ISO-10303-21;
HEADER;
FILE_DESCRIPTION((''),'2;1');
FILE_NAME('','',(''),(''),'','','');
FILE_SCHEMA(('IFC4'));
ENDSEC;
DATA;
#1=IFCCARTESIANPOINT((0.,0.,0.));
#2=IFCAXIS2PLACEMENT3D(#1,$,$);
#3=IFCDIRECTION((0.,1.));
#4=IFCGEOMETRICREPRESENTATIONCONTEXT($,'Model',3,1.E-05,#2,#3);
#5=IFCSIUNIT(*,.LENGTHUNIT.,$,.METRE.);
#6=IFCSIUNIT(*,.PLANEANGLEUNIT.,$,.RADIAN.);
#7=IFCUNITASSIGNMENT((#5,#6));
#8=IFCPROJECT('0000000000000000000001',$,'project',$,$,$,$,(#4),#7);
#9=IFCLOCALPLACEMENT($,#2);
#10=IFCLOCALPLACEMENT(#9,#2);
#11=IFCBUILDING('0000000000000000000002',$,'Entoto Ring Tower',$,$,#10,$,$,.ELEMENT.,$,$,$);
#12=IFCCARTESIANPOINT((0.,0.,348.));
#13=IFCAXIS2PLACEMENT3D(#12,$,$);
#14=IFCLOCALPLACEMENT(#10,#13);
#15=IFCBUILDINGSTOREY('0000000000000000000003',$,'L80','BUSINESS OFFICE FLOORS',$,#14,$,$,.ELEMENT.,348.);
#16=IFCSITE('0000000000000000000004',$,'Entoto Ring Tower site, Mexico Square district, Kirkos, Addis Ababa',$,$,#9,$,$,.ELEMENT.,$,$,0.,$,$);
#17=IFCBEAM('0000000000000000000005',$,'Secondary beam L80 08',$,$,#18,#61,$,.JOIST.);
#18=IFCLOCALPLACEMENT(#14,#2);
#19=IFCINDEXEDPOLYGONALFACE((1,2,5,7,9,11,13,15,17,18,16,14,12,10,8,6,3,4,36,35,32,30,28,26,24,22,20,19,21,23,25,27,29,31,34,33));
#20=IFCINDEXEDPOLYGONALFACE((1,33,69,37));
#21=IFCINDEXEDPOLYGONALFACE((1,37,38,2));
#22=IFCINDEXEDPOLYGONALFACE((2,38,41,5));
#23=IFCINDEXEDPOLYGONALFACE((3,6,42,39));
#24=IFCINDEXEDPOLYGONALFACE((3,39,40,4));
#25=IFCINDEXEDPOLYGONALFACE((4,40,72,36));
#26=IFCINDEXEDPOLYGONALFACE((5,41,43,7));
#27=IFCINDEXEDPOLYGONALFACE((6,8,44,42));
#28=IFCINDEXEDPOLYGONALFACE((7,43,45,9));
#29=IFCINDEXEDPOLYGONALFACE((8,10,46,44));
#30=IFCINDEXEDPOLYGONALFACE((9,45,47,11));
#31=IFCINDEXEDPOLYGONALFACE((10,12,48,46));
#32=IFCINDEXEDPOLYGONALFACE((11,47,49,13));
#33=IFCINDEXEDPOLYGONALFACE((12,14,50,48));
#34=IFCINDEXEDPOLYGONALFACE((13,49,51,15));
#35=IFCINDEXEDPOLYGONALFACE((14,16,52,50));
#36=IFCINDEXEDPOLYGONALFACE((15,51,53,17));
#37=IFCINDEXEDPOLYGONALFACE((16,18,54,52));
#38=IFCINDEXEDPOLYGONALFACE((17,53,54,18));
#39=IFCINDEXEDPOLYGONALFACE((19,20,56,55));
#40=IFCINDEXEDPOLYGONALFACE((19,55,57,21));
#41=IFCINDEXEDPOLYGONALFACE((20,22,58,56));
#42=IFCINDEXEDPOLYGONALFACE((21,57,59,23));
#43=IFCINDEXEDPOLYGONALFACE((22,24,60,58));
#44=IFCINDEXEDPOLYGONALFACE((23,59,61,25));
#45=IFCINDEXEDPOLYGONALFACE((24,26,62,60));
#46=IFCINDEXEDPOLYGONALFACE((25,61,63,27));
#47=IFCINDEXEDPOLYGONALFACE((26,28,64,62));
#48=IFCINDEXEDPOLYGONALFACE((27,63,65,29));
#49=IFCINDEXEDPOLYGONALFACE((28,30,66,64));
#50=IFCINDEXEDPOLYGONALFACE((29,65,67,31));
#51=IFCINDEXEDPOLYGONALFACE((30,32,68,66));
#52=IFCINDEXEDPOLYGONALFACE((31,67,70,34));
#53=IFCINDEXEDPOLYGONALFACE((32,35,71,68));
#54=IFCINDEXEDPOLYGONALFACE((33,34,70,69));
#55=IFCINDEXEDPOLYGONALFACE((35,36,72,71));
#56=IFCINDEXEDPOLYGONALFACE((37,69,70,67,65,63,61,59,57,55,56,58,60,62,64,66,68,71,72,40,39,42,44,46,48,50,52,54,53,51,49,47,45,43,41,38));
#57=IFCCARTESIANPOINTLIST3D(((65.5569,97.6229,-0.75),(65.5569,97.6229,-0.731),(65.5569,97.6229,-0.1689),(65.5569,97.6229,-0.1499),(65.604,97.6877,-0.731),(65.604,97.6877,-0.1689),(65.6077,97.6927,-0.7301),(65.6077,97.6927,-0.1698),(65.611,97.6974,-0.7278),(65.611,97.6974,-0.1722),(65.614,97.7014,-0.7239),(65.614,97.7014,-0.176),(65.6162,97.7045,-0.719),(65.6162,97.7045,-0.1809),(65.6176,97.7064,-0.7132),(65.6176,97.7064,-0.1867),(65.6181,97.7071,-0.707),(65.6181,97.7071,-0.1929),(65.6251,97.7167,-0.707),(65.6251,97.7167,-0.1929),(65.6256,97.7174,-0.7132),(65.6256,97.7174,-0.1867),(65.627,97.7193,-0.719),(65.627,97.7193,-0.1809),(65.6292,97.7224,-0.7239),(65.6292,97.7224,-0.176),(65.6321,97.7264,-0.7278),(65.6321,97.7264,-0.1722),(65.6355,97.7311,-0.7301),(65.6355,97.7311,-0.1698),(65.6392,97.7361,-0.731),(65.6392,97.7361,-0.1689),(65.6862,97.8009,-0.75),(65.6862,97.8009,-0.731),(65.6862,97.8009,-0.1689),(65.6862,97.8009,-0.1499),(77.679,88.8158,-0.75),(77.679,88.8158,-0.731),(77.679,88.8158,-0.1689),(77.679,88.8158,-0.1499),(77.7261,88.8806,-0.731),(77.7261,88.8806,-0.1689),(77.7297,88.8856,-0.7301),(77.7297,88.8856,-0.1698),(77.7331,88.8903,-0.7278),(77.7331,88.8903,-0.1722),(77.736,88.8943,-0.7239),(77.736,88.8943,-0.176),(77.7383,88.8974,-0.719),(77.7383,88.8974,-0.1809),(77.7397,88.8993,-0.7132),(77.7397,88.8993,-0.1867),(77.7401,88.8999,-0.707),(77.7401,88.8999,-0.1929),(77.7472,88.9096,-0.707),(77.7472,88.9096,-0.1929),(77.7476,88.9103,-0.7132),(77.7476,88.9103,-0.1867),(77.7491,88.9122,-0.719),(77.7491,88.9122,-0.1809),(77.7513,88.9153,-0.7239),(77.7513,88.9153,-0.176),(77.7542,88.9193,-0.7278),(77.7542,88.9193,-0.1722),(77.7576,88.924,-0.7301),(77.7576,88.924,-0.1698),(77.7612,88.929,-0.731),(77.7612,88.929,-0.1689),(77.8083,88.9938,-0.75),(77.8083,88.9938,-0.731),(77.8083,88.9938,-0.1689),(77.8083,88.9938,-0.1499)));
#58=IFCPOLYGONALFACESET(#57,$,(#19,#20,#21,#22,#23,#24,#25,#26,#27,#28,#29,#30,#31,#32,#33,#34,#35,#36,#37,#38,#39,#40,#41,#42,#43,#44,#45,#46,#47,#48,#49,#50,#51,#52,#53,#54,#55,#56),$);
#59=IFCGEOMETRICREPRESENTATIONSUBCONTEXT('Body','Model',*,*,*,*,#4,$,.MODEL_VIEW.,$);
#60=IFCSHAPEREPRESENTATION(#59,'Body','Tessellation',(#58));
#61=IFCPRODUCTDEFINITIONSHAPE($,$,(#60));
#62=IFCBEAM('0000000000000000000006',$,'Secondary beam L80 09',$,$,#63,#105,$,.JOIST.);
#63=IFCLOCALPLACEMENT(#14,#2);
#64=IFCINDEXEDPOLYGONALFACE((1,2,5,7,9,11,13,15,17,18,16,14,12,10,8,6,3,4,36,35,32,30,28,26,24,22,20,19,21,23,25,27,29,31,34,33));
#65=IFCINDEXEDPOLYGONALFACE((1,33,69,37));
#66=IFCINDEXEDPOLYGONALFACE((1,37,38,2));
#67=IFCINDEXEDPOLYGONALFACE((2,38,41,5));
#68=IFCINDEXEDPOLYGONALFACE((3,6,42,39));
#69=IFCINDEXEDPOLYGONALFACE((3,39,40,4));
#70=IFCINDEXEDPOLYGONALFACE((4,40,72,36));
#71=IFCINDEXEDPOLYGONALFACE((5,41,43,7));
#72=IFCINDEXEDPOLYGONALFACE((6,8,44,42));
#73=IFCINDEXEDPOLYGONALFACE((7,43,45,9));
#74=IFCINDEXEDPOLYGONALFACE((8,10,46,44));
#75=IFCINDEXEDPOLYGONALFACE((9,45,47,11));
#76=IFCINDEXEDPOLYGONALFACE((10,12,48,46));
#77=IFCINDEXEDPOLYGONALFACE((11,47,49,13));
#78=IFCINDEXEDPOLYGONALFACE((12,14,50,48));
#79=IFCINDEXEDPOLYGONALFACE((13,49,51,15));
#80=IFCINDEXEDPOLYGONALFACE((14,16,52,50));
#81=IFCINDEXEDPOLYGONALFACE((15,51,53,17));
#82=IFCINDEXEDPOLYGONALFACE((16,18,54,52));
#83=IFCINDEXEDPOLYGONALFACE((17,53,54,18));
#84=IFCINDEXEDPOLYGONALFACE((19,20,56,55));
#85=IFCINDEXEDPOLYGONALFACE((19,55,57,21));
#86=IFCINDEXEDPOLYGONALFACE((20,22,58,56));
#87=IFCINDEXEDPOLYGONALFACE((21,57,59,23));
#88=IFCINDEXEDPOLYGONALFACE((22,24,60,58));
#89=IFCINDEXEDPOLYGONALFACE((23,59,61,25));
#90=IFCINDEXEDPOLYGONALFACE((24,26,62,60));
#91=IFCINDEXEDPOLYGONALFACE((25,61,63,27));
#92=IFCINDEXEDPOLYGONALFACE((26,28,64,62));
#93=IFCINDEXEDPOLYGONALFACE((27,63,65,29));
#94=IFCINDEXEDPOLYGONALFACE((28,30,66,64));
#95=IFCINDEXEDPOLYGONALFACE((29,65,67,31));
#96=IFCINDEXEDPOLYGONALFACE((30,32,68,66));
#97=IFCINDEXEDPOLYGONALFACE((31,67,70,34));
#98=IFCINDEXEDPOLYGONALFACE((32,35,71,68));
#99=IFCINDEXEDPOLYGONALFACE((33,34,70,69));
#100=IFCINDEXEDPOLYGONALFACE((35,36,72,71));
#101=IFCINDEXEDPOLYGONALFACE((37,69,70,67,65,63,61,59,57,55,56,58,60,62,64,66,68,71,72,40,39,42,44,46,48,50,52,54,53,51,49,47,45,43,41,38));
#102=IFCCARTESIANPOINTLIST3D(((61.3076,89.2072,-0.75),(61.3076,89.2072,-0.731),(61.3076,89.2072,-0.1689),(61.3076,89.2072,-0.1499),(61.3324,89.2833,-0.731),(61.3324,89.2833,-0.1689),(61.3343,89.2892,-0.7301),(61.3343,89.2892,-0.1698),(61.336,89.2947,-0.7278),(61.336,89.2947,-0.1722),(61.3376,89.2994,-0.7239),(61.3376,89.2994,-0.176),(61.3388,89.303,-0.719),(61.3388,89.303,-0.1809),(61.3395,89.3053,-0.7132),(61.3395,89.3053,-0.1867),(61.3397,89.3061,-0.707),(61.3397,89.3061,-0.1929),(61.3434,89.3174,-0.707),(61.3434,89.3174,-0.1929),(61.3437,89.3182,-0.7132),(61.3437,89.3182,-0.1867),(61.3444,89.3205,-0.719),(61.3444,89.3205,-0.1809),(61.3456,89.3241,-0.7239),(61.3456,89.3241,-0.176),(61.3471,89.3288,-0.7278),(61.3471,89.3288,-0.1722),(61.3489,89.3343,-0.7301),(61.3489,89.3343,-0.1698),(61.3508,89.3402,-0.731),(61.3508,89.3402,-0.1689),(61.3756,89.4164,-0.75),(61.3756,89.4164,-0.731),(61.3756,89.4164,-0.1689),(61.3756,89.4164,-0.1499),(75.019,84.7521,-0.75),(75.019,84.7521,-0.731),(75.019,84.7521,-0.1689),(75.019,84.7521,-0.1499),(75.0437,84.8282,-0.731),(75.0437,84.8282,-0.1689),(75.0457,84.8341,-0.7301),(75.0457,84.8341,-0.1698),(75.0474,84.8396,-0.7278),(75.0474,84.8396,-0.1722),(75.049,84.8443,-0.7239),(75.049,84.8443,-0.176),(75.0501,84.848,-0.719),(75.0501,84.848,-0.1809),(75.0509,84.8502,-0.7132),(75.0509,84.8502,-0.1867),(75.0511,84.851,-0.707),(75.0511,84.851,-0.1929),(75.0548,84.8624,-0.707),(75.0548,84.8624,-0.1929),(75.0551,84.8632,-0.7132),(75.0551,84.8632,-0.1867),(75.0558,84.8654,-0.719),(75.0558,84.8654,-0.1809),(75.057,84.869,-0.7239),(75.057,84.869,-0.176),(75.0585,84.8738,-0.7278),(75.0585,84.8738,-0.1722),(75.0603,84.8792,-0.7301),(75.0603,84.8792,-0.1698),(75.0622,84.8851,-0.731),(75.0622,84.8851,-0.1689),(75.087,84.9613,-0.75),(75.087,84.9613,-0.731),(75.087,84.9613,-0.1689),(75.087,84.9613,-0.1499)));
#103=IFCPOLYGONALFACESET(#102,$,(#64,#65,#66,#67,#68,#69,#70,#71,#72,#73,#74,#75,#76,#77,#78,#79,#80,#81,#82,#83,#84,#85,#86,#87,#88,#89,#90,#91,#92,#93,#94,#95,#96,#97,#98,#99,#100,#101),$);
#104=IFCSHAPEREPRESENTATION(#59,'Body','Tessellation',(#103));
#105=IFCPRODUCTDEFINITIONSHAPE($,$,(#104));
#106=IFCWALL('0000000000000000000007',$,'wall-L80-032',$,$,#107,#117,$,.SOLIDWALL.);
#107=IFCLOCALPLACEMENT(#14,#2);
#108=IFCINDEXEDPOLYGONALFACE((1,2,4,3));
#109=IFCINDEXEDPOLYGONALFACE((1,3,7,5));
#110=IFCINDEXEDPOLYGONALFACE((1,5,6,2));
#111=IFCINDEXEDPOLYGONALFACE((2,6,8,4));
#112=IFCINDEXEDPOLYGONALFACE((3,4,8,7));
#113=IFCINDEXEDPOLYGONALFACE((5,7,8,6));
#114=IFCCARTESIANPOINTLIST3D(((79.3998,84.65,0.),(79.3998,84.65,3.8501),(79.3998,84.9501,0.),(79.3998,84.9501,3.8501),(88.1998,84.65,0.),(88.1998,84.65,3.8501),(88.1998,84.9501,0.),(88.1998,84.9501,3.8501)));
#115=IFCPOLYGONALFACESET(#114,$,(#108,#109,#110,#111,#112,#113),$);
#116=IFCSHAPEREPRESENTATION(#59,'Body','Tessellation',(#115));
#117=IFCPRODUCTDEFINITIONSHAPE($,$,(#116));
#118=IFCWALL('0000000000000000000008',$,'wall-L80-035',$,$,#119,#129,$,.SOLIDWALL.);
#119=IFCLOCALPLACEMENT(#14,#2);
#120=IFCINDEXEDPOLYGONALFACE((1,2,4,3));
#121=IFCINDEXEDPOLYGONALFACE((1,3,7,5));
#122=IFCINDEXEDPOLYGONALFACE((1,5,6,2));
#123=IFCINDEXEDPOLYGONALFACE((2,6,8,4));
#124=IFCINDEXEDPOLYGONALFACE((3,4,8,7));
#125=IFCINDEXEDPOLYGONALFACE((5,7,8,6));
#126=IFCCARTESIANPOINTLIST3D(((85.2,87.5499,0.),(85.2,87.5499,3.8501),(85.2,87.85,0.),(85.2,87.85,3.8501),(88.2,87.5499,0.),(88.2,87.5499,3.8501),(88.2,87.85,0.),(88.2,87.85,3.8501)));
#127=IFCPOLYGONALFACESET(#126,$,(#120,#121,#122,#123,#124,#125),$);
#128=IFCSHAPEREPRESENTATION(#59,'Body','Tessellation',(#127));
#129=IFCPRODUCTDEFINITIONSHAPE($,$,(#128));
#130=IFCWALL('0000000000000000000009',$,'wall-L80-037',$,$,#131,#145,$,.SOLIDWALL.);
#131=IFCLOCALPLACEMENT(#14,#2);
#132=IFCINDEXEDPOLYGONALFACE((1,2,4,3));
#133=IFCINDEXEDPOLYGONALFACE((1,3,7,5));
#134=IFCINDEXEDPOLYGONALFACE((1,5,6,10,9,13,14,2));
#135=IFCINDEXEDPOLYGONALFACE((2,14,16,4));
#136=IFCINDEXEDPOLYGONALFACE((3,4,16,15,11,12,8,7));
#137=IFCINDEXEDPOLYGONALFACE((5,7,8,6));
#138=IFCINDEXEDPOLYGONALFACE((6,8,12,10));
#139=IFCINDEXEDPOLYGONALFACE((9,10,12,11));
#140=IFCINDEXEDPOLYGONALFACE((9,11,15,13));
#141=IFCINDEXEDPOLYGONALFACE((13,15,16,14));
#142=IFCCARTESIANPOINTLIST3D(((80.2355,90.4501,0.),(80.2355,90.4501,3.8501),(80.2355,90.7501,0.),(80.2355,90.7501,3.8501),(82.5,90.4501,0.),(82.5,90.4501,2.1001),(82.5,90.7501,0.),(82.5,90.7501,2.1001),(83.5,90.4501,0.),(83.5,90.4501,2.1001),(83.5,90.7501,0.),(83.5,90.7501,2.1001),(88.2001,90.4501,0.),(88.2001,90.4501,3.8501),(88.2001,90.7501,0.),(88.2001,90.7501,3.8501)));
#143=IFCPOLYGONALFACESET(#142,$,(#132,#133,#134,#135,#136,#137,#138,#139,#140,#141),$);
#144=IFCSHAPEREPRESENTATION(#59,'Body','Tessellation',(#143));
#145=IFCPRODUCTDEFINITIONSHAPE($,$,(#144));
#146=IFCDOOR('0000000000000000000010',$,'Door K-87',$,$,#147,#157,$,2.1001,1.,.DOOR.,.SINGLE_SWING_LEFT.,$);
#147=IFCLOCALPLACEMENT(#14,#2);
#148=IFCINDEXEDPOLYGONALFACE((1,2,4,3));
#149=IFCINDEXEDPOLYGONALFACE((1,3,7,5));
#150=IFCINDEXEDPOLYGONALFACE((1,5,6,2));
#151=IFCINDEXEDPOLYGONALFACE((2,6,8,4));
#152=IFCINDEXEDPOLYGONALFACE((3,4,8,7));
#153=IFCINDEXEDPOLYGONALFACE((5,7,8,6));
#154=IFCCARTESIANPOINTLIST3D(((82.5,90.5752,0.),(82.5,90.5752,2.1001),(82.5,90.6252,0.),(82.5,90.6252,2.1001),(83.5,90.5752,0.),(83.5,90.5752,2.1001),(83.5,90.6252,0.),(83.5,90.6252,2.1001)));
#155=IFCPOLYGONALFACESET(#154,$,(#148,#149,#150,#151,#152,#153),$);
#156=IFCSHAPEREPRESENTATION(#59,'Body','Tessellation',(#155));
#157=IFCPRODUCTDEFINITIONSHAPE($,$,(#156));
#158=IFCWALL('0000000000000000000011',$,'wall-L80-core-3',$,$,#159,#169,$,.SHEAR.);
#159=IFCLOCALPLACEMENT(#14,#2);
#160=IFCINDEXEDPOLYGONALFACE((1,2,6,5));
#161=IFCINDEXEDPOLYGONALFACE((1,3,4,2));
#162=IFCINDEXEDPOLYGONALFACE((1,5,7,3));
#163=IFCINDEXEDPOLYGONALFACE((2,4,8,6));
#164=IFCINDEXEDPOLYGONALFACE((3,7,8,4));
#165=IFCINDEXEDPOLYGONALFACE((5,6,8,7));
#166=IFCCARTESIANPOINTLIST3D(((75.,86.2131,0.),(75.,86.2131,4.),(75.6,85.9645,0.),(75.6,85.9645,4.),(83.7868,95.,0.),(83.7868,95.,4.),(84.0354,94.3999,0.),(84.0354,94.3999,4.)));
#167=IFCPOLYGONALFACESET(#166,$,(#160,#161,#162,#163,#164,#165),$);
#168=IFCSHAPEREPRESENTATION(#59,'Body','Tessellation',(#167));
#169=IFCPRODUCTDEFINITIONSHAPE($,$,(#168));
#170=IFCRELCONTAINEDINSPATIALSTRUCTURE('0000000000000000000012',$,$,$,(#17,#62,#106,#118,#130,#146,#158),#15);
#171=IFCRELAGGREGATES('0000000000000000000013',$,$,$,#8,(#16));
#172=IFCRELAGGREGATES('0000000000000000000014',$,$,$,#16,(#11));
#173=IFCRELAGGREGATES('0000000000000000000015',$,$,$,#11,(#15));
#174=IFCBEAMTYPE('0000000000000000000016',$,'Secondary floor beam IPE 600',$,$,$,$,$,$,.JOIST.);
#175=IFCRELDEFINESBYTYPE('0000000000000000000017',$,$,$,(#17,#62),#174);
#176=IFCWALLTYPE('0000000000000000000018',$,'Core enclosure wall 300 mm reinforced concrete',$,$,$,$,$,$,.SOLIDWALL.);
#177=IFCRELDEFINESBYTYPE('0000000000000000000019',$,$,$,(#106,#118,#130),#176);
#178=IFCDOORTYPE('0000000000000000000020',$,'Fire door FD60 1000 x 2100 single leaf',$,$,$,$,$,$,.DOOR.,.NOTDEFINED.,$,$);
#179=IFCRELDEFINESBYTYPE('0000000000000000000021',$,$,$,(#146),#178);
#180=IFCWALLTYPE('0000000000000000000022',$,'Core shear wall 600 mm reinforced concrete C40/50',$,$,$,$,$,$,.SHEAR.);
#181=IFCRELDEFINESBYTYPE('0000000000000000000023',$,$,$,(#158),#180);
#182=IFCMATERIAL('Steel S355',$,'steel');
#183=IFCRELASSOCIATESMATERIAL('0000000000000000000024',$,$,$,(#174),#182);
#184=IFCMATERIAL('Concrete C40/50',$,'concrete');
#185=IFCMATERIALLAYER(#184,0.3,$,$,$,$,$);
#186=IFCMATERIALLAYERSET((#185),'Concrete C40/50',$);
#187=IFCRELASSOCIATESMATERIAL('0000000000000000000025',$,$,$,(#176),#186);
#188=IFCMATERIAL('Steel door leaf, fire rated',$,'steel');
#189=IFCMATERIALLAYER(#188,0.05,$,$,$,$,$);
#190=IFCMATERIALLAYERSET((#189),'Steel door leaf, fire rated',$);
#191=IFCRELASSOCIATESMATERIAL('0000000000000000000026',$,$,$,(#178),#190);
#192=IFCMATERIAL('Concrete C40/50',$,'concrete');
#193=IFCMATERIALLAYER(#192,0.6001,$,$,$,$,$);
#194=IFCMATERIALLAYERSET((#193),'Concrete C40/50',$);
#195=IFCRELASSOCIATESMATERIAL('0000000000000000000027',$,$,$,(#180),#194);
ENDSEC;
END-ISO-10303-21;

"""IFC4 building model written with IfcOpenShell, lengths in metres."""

from ifc_helpers import new_model, si_unit, direction, frame, frame_2d, origin, origin_2d, place, context, subcontext, project, spatial, polyline, rectangle, i_section, outline, extrude, material, layer, layer_set, material_profile, profile_set, type_object, element, fill, save


model = new_model("IFC4")

# Units and contexts
model_context = context("Model", 3, precision=1e-05, world=origin(), true_north=direction((0.0, 1.0)))
body_context = subcontext(model_context, "Body", "Model", "MODEL_VIEW")
ifc_project = project(units=[si_unit("LENGTHUNIT", "METRE"), si_unit("PLANEANGLEUNIT", "RADIAN")], contexts=[model_context])

# Site, building, storey
site_placement = place(None, origin())
site = spatial("IfcSite", under=ifc_project, at=site_placement, Name="Entoto Ring Tower site, Mexico Square district, Kirkos, Addis Ababa", CompositionType="ELEMENT", RefElevation=0.0)
building_placement = place(site_placement, origin())
building = spatial("IfcBuilding", under=site, at=building_placement, Name="Entoto Ring Tower", CompositionType="ELEMENT")
storey_placement = place(building_placement, frame((0.0, 0.0, 348.0)))
storey = spatial("IfcBuildingStorey", under=building, at=storey_placement, Name="L80", Description="BUSINESS OFFICE FLOORS", CompositionType="ELEMENT", Elevation=348.0)

# Beams
ifc_material_1 = material(Name="Steel S355", Category="steel")
ifc_material_profile_1 = material_profile(ifc_material_1, i_section(OverallWidth=0.22, OverallDepth=0.6001, WebThickness=0.012, FlangeThickness=0.019, FilletRadius=0.0239, at=origin_2d()), Name="IPE 600")
ifc_profile_set_1 = profile_set([ifc_material_profile_1], Name="Steel S355")
beam_type_1 = type_object("IfcBeamType", Name="Secondary floor beam IPE 600", PredefinedType="JOIST", material=ifc_profile_set_1)
for number, where, z_axis, x_axis, name in (
    (1, (77.7437, 88.9048, -0.45), (-0.809019, 0.587782, 0.0), (-0.587782, -0.809019, 0.0), "Secondary beam L80 08"),
):
    element("IfcBeam", number, at=place(storey_placement, frame(where, z_axis=z_axis, x_axis=x_axis)), inside=storey, type_object=beam_type_1, Name=name, PredefinedType="JOIST", context=body_context, shape_type="SweptSolid", body=[
        extrude(i_section(OverallWidth=0.22, OverallDepth=0.6001, WebThickness=0.012, FlangeThickness=0.019, FilletRadius=0.0239, at=origin_2d()), origin(), (0.0, 0.0, 1.0), 14.9836),
    ])
beam_1_placement = place(storey_placement, frame((75.053, 84.8567, -0.45), z_axis=(-0.951057, 0.309015, 0.0), x_axis=(-0.309015, -0.951057, 0.0)))
element("IfcBeam", 2, at=beam_1_placement, inside=storey, type_object=beam_type_1, Name="Secondary beam L80 09", PredefinedType="JOIST", context=body_context, shape_type="SweptSolid", body=[
    extrude(i_section(OverallWidth=0.22, OverallDepth=0.6001, WebThickness=0.012, FlangeThickness=0.019, FilletRadius=0.0239, at=origin_2d()), origin(), (0.0, 0.0, 1.0), 14.417),
])

# Walls
ifc_material_2 = material(Name="Concrete C40/50", Category="concrete")
ifc_layer_1 = layer(ifc_material_2, 0.3)
ifc_layer_set_1 = layer_set([ifc_layer_1], Name="Concrete C40/50")
wall_type_1 = type_object("IfcWallType", Name="Core enclosure wall 300 mm reinforced concrete", PredefinedType="SOLIDWALL", material=ifc_layer_set_1)
wall_1_placement = place(storey_placement, frame((79.3999, 84.8, 0.0), z_axis=(0.0, 0.0, 1.0), x_axis=(1.0, 0.0, 0.0)))
element("IfcWall", 3, at=wall_1_placement, inside=storey, type_object=wall_type_1, Name="wall-L80-032", PredefinedType="SOLIDWALL", context=body_context, shape_type="SweptSolid", body=[
    extrude(rectangle(XDim=8.8, YDim=0.3, at=frame_2d((4.3999, 0.0))), origin(), (0.0, 0.0, 1.0), 3.8501),
])
wall_2_placement = place(storey_placement, frame((85.2, 87.7, 0.0), z_axis=(0.0, 0.0, 1.0), x_axis=(1.0, 0.0, 0.0)))
element("IfcWall", 4, at=wall_2_placement, inside=storey, type_object=wall_type_1, Name="wall-L80-035", PredefinedType="SOLIDWALL", context=body_context, shape_type="SweptSolid", body=[
    extrude(rectangle(XDim=3.0, YDim=0.3, at=frame_2d((1.5, 0.0))), origin(), (0.0, 0.0, 1.0), 3.8501),
])

# Wall, opening, door
wall_3_placement = place(storey_placement, frame((80.2354, 90.6001, 0.0), z_axis=(0.0, 0.0, 1.0), x_axis=(1.0, 0.0, 0.0)))
wall_3 = element("IfcWall", 5, at=wall_3_placement, inside=storey, type_object=wall_type_1, Name="wall-L80-037", PredefinedType="SOLIDWALL", context=body_context, shape_type="SweptSolid", body=[
    extrude(rectangle(XDim=7.9646, YDim=0.3, at=frame_2d((3.9824, 0.0))), origin(), (0.0, 0.0, 1.0), 3.8501),
])
opening_1_placement = place(wall_3_placement, frame((2.2646, 0.0, 0.0)))
opening_1 = element("IfcOpeningElement", 6, at=opening_1_placement, cuts=wall_3, PredefinedType="OPENING", context=body_context, shape_type="SweptSolid", body=[
    extrude(rectangle(XDim=1.0, YDim=2.1001, at=frame_2d((0.5, 1.05))), frame((0.0, 0.1602, 0.0), z_axis=(0.0, -1.0, 0.0), x_axis=(1.0, 0.0, 0.0)), (0.0, 0.0, 1.0), 0.3201),
])
ifc_material_3 = material(Name="Steel door leaf, fire rated", Category="steel")
ifc_layer_2 = layer(ifc_material_3, 0.05)
ifc_layer_set_2 = layer_set([ifc_layer_2], Name="Steel door leaf, fire rated")
door_type_1 = type_object("IfcDoorType", Name="Fire door FD60 1000 x 2100 single leaf", OperationType="NOTDEFINED", PredefinedType="DOOR", material=ifc_layer_set_2)
door_1_placement = place(opening_1_placement, frame((1.0, 0.0, 0.0), z_axis=(0.0, 0.0, 1.0), x_axis=(-1.0, 0.0, 0.0)))
door_1 = element("IfcDoor", 7, at=door_1_placement, inside=storey, type_object=door_type_1, Name="Door K-87", OperationType="SINGLE_SWING_LEFT", OverallHeight=2.1001, OverallWidth=1.0, PredefinedType="DOOR", context=body_context, shape_type="SweptSolid", body=[
    extrude(rectangle(XDim=1.0, YDim=2.1001, at=frame_2d((0.5, 1.05))), frame((0.0, 0.0249, 0.0), z_axis=(0.0, -1.0, 0.0), x_axis=(1.0, 0.0, 0.0)), (0.0, 0.0, 1.0), 0.05),
])
fill(opening_1, door_1)

# Wall
ifc_material_4 = material(Name="Concrete C40/50", Category="concrete")
ifc_layer_3 = layer(ifc_material_4, 0.6001)
ifc_layer_set_3 = layer_set([ifc_layer_3], Name="Concrete C40/50")
wall_type_2 = type_object("IfcWallType", Name="Core shear wall 600 mm reinforced concrete C40/50", PredefinedType="SHEAR", material=ifc_layer_set_3)
wall_4_placement = place(storey_placement, frame((83.9111, 94.7, 0.0), z_axis=(0.0, 0.0, 1.0), x_axis=(-0.707107, -0.707107, 0.0)))
element("IfcWall", 8, at=wall_4_placement, inside=storey, type_object=wall_type_2, Name="wall-L80-core-3", PredefinedType="SHEAR", context=body_context, shape_type="SweptSolid", body=[
    extrude(outline(polyline([(-0.1243, -0.3), (12.3022, -0.3), (12.0537, 0.3), (0.1243, 0.3), (-0.1243, -0.3)])), origin(), (0.0, 0.0, 1.0), 4.0),
])

save(model, "model.ifc")
